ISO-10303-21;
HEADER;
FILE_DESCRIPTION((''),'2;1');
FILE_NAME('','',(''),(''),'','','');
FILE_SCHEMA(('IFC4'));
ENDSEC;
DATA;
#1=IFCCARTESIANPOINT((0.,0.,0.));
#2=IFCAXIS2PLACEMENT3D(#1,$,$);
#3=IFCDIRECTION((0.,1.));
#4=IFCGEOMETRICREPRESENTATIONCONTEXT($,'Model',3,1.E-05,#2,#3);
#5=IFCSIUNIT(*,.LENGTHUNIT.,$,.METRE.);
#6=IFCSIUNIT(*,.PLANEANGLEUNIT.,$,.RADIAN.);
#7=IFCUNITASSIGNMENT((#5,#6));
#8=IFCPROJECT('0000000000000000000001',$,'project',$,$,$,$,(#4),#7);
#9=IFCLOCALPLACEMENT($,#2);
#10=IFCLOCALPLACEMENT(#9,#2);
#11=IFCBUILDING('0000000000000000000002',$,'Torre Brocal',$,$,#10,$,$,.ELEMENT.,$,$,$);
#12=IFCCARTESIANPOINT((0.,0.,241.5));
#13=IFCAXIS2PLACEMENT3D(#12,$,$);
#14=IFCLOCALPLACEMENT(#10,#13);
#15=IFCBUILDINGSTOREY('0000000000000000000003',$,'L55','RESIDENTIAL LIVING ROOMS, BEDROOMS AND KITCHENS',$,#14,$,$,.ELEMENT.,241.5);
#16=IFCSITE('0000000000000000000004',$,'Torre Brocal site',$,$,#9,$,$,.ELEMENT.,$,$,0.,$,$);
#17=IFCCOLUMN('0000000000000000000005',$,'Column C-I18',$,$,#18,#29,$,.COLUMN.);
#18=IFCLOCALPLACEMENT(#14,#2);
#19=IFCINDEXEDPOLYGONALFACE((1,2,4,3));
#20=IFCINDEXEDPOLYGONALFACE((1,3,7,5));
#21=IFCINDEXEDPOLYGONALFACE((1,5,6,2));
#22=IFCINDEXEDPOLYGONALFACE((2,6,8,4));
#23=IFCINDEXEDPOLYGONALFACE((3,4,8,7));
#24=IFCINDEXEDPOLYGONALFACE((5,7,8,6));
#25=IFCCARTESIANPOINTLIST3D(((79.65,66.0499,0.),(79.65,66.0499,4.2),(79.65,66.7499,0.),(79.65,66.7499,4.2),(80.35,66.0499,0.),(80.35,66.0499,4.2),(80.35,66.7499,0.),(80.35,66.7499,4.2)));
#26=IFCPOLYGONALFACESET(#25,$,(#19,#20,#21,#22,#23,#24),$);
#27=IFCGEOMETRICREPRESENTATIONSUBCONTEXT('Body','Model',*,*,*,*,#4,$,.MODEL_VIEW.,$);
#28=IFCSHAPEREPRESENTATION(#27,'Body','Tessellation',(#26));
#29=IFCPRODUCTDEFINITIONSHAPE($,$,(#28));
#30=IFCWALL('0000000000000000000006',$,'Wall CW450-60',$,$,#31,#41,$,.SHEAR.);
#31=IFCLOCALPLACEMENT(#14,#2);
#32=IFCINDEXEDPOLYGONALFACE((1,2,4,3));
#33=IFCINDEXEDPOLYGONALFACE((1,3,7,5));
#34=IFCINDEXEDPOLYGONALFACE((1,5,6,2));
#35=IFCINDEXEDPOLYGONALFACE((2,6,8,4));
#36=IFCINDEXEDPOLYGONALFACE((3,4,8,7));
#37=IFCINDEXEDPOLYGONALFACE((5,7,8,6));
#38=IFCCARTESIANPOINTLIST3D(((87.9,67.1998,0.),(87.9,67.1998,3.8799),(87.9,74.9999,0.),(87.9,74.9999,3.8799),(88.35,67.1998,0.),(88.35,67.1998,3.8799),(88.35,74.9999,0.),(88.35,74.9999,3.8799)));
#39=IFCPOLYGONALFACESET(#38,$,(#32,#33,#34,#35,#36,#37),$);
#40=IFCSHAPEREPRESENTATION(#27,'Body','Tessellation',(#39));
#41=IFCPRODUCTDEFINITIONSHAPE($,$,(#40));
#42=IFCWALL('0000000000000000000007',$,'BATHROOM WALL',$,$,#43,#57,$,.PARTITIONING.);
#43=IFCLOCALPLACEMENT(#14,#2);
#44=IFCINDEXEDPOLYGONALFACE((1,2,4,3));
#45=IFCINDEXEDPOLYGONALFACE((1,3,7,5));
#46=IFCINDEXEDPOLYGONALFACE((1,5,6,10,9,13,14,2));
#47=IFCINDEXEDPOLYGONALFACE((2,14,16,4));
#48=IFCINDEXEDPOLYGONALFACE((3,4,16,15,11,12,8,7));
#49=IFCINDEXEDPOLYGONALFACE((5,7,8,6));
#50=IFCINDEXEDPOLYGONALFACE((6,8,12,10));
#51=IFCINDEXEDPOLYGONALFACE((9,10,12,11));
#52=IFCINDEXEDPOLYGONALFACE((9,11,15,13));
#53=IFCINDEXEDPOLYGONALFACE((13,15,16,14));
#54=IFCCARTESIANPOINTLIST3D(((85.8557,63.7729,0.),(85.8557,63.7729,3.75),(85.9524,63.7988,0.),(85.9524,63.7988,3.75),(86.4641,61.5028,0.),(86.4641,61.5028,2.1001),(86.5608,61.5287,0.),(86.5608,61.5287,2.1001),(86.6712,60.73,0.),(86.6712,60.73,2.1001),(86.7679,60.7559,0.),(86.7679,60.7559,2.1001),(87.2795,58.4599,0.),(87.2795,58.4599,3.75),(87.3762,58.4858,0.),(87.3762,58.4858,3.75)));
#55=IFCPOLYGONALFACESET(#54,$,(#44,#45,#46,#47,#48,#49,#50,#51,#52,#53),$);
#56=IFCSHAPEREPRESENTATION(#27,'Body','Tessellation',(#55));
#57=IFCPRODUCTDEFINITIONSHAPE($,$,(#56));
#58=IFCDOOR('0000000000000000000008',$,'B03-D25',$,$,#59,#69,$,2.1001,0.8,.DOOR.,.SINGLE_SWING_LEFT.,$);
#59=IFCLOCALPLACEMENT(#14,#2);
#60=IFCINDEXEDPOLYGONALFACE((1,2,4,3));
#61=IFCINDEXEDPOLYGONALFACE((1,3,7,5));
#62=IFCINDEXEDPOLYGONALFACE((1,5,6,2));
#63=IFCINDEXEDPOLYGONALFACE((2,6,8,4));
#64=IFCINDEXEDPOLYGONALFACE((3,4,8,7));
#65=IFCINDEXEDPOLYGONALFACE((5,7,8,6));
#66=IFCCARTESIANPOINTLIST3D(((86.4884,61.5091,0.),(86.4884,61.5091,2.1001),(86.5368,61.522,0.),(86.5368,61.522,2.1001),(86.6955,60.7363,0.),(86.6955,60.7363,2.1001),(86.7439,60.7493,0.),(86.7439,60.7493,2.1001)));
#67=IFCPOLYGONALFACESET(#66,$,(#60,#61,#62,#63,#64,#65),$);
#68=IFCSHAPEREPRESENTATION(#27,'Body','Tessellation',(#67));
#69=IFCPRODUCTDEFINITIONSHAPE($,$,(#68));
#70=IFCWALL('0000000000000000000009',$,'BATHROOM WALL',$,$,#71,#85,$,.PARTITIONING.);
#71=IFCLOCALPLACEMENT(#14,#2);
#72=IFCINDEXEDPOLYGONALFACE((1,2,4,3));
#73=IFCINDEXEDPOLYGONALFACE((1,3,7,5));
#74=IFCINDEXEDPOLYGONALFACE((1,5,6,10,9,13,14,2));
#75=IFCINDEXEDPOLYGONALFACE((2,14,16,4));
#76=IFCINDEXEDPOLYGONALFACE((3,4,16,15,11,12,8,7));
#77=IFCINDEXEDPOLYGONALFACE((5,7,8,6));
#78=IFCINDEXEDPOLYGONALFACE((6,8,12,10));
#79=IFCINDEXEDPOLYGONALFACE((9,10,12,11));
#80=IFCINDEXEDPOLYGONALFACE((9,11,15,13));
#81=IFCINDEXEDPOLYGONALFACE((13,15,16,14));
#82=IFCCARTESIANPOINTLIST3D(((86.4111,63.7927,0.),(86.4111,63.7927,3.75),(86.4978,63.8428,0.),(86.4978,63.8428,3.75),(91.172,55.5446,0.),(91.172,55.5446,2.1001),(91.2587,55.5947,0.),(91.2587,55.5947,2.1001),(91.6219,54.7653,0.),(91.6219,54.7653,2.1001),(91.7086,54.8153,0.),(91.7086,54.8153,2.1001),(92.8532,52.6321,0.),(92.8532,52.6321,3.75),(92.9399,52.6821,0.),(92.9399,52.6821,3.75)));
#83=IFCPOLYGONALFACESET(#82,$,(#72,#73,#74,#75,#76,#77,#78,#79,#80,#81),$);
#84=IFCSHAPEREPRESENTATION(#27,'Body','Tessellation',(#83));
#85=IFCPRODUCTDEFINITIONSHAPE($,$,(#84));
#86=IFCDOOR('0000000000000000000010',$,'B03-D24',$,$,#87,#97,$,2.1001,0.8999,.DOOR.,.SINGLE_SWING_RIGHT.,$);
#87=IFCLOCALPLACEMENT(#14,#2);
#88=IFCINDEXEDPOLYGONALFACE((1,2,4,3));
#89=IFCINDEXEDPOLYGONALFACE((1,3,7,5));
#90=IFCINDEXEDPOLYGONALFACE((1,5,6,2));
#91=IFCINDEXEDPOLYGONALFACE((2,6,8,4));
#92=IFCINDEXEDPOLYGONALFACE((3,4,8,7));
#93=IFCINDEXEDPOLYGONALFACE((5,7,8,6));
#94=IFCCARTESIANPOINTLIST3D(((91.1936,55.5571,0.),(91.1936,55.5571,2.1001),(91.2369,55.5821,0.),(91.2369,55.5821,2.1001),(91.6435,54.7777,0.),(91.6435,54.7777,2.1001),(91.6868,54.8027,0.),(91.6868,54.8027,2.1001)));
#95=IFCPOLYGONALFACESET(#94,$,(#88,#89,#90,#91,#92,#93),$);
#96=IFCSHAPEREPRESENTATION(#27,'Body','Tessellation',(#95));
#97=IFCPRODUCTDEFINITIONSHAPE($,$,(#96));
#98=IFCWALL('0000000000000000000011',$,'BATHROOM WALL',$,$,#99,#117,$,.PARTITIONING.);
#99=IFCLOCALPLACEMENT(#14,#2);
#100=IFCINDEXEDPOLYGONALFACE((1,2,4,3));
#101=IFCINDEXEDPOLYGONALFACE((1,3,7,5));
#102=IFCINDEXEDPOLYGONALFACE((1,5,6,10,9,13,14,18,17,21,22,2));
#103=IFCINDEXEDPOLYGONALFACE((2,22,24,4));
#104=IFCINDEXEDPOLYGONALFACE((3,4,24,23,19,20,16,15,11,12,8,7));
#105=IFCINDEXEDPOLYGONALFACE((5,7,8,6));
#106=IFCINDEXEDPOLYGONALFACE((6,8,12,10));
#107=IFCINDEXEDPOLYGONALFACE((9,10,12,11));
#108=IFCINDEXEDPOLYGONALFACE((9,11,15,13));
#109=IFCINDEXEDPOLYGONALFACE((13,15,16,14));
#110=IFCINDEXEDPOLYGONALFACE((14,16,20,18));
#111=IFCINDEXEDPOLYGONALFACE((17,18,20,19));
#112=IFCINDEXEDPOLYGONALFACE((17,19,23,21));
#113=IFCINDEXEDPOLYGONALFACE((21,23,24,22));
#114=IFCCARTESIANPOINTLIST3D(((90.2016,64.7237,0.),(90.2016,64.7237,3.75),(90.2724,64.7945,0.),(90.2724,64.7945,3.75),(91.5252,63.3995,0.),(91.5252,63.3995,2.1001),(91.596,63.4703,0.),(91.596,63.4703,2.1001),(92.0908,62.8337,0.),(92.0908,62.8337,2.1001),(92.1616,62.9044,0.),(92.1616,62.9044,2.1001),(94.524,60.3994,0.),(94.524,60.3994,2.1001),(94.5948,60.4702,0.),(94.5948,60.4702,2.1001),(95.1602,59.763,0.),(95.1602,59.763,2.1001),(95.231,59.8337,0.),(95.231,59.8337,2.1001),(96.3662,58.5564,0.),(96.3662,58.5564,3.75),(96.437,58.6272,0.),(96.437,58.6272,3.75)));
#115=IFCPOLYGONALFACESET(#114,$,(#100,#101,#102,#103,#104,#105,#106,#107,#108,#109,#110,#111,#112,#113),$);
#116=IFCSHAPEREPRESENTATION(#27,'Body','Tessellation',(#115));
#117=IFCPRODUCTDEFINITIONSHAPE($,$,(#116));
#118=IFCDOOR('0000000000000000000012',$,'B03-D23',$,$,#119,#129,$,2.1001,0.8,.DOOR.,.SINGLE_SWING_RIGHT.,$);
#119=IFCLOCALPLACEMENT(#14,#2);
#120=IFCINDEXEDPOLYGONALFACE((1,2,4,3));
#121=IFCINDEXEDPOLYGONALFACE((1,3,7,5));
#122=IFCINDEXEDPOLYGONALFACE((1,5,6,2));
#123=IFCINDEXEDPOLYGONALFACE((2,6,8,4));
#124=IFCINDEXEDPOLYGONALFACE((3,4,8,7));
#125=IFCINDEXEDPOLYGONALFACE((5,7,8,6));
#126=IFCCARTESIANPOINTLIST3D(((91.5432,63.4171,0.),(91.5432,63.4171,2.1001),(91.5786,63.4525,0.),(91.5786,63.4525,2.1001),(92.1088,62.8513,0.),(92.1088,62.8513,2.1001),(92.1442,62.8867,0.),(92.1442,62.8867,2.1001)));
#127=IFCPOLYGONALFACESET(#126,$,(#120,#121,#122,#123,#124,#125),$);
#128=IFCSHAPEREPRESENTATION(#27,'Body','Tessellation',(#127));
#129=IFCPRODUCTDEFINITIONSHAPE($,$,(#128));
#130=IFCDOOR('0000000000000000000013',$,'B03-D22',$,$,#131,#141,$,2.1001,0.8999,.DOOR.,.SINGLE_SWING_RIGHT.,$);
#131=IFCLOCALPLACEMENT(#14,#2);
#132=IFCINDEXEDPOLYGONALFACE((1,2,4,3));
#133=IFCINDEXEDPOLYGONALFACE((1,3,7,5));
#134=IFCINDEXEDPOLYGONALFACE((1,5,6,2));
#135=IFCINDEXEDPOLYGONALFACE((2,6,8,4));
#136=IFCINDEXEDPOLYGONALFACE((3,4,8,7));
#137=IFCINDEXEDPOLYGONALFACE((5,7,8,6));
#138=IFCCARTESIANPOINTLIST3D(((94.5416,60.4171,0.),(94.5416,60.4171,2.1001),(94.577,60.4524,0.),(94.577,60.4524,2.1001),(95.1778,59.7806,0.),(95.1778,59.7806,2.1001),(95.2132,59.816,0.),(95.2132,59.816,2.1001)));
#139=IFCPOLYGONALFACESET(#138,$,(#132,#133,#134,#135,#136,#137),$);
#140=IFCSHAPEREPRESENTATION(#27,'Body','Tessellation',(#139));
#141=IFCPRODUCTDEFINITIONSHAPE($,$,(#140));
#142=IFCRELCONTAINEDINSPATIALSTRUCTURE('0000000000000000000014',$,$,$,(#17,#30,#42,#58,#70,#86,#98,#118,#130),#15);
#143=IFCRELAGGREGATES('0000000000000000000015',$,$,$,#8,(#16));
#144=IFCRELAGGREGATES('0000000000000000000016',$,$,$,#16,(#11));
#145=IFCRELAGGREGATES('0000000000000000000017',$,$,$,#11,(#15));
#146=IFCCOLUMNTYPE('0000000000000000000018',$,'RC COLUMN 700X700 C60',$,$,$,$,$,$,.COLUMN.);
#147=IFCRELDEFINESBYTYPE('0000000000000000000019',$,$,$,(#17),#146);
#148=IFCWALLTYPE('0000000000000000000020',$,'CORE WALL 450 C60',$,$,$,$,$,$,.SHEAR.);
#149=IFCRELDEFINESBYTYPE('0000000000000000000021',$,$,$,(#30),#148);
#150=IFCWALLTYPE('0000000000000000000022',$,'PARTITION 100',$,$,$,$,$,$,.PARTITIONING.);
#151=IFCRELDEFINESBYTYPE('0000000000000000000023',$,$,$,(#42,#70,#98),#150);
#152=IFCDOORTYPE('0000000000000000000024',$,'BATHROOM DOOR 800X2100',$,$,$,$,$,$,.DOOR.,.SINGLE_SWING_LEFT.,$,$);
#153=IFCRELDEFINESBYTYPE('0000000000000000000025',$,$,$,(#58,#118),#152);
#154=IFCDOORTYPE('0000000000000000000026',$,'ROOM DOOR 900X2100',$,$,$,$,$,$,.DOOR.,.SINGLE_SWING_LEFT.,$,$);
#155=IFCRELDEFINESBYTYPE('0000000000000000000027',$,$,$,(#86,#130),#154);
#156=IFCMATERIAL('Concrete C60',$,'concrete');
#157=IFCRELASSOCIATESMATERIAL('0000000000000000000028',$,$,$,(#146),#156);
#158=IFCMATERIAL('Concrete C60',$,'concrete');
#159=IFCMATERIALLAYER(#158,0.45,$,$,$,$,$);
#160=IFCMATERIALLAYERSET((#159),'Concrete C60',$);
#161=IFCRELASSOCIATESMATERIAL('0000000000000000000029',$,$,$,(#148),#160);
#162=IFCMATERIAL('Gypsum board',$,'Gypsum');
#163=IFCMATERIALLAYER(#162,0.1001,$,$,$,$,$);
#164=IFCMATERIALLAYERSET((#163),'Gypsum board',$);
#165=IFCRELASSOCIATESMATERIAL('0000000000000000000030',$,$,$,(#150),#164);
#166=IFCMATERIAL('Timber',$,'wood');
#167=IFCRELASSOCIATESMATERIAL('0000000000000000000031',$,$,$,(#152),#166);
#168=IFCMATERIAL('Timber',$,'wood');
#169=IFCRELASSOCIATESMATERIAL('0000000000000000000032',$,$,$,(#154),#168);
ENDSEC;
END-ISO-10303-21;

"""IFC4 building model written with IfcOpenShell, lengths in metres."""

from ifc_helpers import new_model, si_unit, direction, frame, frame_2d, origin, origin_2d, place, context, subcontext, project, spatial, rectangle, extrude, material, layer, layer_set, material_profile, profile_set, type_object, element, fill, save


model = new_model("IFC4")

# Units and contexts
model_context = context("Model", 3, precision=1e-05, world=origin(), true_north=direction((0.0, 1.0)))
body_context = subcontext(model_context, "Body", "Model", "MODEL_VIEW")
ifc_project = project(units=[si_unit("LENGTHUNIT", "METRE"), si_unit("PLANEANGLEUNIT", "RADIAN")], contexts=[model_context])

# Site, building, storey
site_placement = place(None, origin())
site = spatial("IfcSite", under=ifc_project, at=site_placement, Name="Torre Brocal site", CompositionType="ELEMENT", RefElevation=0.0)
building_placement = place(site_placement, origin())
building = spatial("IfcBuilding", under=site, at=building_placement, Name="Torre Brocal", CompositionType="ELEMENT")
storey_placement = place(building_placement, frame((0.0, 0.0, 241.5)))
storey = spatial("IfcBuildingStorey", under=building, at=storey_placement, Name="L55", Description="RESIDENTIAL LIVING ROOMS, BEDROOMS AND KITCHENS", CompositionType="ELEMENT", Elevation=241.5)

# Column
ifc_material_1 = material(Name="Concrete C60", Category="concrete")
ifc_material_profile = material_profile(ifc_material_1, rectangle(XDim=0.7, YDim=0.7, at=origin_2d()), Name="RC 700X700")
ifc_profile_set = profile_set([ifc_material_profile], Name="Concrete C60")
column_type = type_object("IfcColumnType", Name="RC COLUMN 700X700 C60", PredefinedType="COLUMN", material=ifc_profile_set)
column_placement = place(storey_placement, frame((80.0, 66.3999, 0.0), z_axis=(0.0, 0.0, 1.0), x_axis=(0.0, -1.0, 0.0)))
element("IfcColumn", 1, at=column_placement, inside=storey, type_object=column_type, Name="Column C-I18", PredefinedType="COLUMN", context=body_context, shape_type="SweptSolid", body=[
    extrude(rectangle(XDim=0.7, YDim=0.7, at=origin_2d()), origin(), (0.0, 0.0, 1.0), 4.2),
])

# Wall
ifc_material_2 = material(Name="Concrete C60", Category="concrete")
ifc_layer_1 = layer(ifc_material_2, 0.45)
ifc_layer_set_1 = layer_set([ifc_layer_1], Name="Concrete C60")
wall_type_1 = type_object("IfcWallType", Name="CORE WALL 450 C60", PredefinedType="SHEAR", material=ifc_layer_set_1)
wall_1_placement = place(storey_placement, frame((88.125, 67.2, 0.0), z_axis=(0.0, 0.0, 1.0), x_axis=(0.0, 1.0, 0.0)))
element("IfcWall", 2, at=wall_1_placement, inside=storey, type_object=wall_type_1, Name="Wall CW450-60", PredefinedType="SHEAR", context=body_context, shape_type="SweptSolid", body=[
    extrude(rectangle(XDim=7.8, YDim=0.45, at=frame_2d((3.8999, 0.0))), origin(), (0.0, 0.0, 1.0), 3.8799),
])

# Walls, openings, doors
ifc_material_3 = material(Name="Gypsum board", Category="Gypsum")
ifc_layer_2 = layer(ifc_material_3, 0.1001)
ifc_layer_set_2 = layer_set([ifc_layer_2], Name="Gypsum board")
wall_type_2 = type_object("IfcWallType", Name="PARTITION 100", PredefinedType="PARTITIONING", material=ifc_layer_set_2)
wall_2_placement = place(storey_placement, frame((85.9041, 63.7859, 0.0), z_axis=(0.0, 0.0, 1.0), x_axis=(0.258856, -0.965916, 0.0)))
wall_2 = element("IfcWall", 3, at=wall_2_placement, inside=storey, type_object=wall_type_2, Name="BATHROOM WALL", PredefinedType="PARTITIONING", context=body_context, shape_type="SweptSolid", body=[
    extrude(rectangle(XDim=5.5005, YDim=0.1001, at=frame_2d((2.7502, 0.0))), origin(), (0.0, 0.0, 1.0), 3.75),
])
opening_1_placement = place(wall_2_placement, frame((2.3503, 0.0, 0.0)))
opening_1 = element("IfcOpeningElement", 4, at=opening_1_placement, cuts=wall_2, PredefinedType="OPENING", context=body_context, shape_type="SweptSolid", body=[
    extrude(rectangle(XDim=0.8, YDim=2.1001, at=frame_2d((0.3999, 1.05))), frame((0.0, 0.0601, 0.0), z_axis=(0.0, -1.0, 0.0), x_axis=(1.0, 0.0, 0.0)), (0.0, 0.0, 1.0), 0.1201),
])
ifc_material_4 = material(Name="Timber", Category="wood")
door_type_1 = type_object("IfcDoorType", Name="BATHROOM DOOR 800X2100", OperationType="SINGLE_SWING_LEFT", PredefinedType="DOOR", material=ifc_material_4)
door_1_placement = place(opening_1_placement, frame((0.8, 0.0, 0.0), z_axis=(0.0, 0.0, 1.0), x_axis=(-1.0, 0.0, 0.0)))
door_1 = element("IfcDoor", 5, at=door_1_placement, inside=storey, type_object=door_type_1, Name="B03-D25", OperationType="SINGLE_SWING_LEFT", OverallHeight=2.1001, OverallWidth=0.8, PredefinedType="DOOR", context=body_context, shape_type="SweptSolid", body=[
    extrude(rectangle(XDim=0.8, YDim=2.1001, at=frame_2d((0.3999, 1.05))), frame((0.0, 0.0249, 0.0), z_axis=(0.0, -1.0, 0.0), x_axis=(1.0, 0.0, 0.0)), (0.0, 0.0, 1.0), 0.05),
])
fill(opening_1, door_1)
wall_3_placement = place(storey_placement, frame((86.4543, 63.8179, 0.0), z_axis=(0.0, 0.0, 1.0), x_axis=(0.499915, -0.866075, 0.0)))
wall_3 = element("IfcWall", 6, at=wall_3_placement, inside=storey, type_object=wall_type_2, Name="BATHROOM WALL", PredefinedType="PARTITIONING", context=body_context, shape_type="SweptSolid", body=[
    extrude(rectangle(XDim=12.8865, YDim=0.1001, at=frame_2d((6.4434, 0.0))), origin(), (0.0, 0.0, 1.0), 3.75),
])
opening_2_placement = place(wall_3_placement, frame((9.5237, 0.0, 0.0)))
opening_2 = element("IfcOpeningElement", 7, at=opening_2_placement, cuts=wall_3, PredefinedType="OPENING", context=body_context, shape_type="SweptSolid", body=[
    extrude(rectangle(XDim=0.8999, YDim=2.1001, at=frame_2d((0.45, 1.05))), frame((0.0, 0.0601, 0.0), z_axis=(0.0, -1.0, 0.0), x_axis=(1.0, 0.0, 0.0)), (0.0, 0.0, 1.0), 0.1201),
])
ifc_material_5 = material(Name="Timber", Category="wood")
door_type_2 = type_object("IfcDoorType", Name="ROOM DOOR 900X2100", OperationType="SINGLE_SWING_LEFT", PredefinedType="DOOR", material=ifc_material_5)
door_2_placement = place(opening_2_placement, origin())
door_2 = element("IfcDoor", 8, at=door_2_placement, inside=storey, type_object=door_type_2, Name="B03-D24", OperationType="SINGLE_SWING_RIGHT", OverallHeight=2.1001, OverallWidth=0.8999, PredefinedType="DOOR", context=body_context, shape_type="SweptSolid", body=[
    extrude(rectangle(XDim=0.8999, YDim=2.1001, at=frame_2d((0.45, 1.05))), frame((0.0, 0.0249, 0.0), z_axis=(0.0, -1.0, 0.0), x_axis=(1.0, 0.0, 0.0)), (0.0, 0.0, 1.0), 0.05),
])
fill(opening_2, door_2)

# Wall, openings, doors
wall_4_placement = place(storey_placement, frame((90.2371, 64.759, 0.0), z_axis=(0.0, 0.0, 1.0), x_axis=(0.706953, -0.707261, 0.0)))
wall_4 = element("IfcWall", 9, at=wall_4_placement, inside=storey, type_object=wall_type_2, Name="BATHROOM WALL", PredefinedType="PARTITIONING", context=body_context, shape_type="SweptSolid", body=[
    extrude(rectangle(XDim=8.72, YDim=0.1001, at=frame_2d((4.3599, 0.0))), origin(), (0.0, 0.0, 1.0), 3.75),
])
opening_3_placement = place(wall_4_placement, frame((6.114, 0.0, 0.0)))
opening_3 = element("IfcOpeningElement", 10, at=opening_3_placement, cuts=wall_4, PredefinedType="OPENING", context=body_context, shape_type="SweptSolid", body=[
    extrude(rectangle(XDim=0.8999, YDim=2.1001, at=frame_2d((0.45, 1.05))), frame((0.0, 0.0601, 0.0), z_axis=(0.0, -1.0, 0.0), x_axis=(1.0, 0.0, 0.0)), (0.0, 0.0, 1.0), 0.1201),
])
opening_4_placement = place(wall_4_placement, frame((1.8723, 0.0, 0.0)))
opening_4 = element("IfcOpeningElement", 11, at=opening_4_placement, cuts=wall_4, PredefinedType="OPENING", context=body_context, shape_type="SweptSolid", body=[
    extrude(rectangle(XDim=0.8, YDim=2.1001, at=frame_2d((0.3999, 1.05))), frame((0.0, 0.0601, 0.0), z_axis=(0.0, -1.0, 0.0), x_axis=(1.0, 0.0, 0.0)), (0.0, 0.0, 1.0), 0.1201),
])
door_3_placement = place(opening_4_placement, frame((0.8, 0.0, 0.0), z_axis=(0.0, 0.0, 1.0), x_axis=(-1.0, 0.0, 0.0)))
door_3 = element("IfcDoor", 12, at=door_3_placement, inside=storey, type_object=door_type_1, Name="B03-D23", OperationType="SINGLE_SWING_RIGHT", OverallHeight=2.1001, OverallWidth=0.8, PredefinedType="DOOR", context=body_context, shape_type="SweptSolid", body=[
    extrude(rectangle(XDim=0.8, YDim=2.1001, at=frame_2d((0.3999, 1.05))), frame((0.0, 0.0249, 0.0), z_axis=(0.0, -1.0, 0.0), x_axis=(1.0, 0.0, 0.0)), (0.0, 0.0, 1.0), 0.05),
])
fill(opening_4, door_3)
door_4_placement = place(opening_3_placement, origin())
door_4 = element("IfcDoor", 13, at=door_4_placement, inside=storey, type_object=door_type_2, Name="B03-D22", OperationType="SINGLE_SWING_RIGHT", OverallHeight=2.1001, OverallWidth=0.8999, PredefinedType="DOOR", context=body_context, shape_type="SweptSolid", body=[
    extrude(rectangle(XDim=0.8999, YDim=2.1001, at=frame_2d((0.45, 1.05))), frame((0.0, 0.0249, 0.0), z_axis=(0.0, -1.0, 0.0), x_axis=(1.0, 0.0, 0.0)), (0.0, 0.0, 1.0), 0.05),
])
fill(opening_3, door_4)

save(model, "model.ifc")
